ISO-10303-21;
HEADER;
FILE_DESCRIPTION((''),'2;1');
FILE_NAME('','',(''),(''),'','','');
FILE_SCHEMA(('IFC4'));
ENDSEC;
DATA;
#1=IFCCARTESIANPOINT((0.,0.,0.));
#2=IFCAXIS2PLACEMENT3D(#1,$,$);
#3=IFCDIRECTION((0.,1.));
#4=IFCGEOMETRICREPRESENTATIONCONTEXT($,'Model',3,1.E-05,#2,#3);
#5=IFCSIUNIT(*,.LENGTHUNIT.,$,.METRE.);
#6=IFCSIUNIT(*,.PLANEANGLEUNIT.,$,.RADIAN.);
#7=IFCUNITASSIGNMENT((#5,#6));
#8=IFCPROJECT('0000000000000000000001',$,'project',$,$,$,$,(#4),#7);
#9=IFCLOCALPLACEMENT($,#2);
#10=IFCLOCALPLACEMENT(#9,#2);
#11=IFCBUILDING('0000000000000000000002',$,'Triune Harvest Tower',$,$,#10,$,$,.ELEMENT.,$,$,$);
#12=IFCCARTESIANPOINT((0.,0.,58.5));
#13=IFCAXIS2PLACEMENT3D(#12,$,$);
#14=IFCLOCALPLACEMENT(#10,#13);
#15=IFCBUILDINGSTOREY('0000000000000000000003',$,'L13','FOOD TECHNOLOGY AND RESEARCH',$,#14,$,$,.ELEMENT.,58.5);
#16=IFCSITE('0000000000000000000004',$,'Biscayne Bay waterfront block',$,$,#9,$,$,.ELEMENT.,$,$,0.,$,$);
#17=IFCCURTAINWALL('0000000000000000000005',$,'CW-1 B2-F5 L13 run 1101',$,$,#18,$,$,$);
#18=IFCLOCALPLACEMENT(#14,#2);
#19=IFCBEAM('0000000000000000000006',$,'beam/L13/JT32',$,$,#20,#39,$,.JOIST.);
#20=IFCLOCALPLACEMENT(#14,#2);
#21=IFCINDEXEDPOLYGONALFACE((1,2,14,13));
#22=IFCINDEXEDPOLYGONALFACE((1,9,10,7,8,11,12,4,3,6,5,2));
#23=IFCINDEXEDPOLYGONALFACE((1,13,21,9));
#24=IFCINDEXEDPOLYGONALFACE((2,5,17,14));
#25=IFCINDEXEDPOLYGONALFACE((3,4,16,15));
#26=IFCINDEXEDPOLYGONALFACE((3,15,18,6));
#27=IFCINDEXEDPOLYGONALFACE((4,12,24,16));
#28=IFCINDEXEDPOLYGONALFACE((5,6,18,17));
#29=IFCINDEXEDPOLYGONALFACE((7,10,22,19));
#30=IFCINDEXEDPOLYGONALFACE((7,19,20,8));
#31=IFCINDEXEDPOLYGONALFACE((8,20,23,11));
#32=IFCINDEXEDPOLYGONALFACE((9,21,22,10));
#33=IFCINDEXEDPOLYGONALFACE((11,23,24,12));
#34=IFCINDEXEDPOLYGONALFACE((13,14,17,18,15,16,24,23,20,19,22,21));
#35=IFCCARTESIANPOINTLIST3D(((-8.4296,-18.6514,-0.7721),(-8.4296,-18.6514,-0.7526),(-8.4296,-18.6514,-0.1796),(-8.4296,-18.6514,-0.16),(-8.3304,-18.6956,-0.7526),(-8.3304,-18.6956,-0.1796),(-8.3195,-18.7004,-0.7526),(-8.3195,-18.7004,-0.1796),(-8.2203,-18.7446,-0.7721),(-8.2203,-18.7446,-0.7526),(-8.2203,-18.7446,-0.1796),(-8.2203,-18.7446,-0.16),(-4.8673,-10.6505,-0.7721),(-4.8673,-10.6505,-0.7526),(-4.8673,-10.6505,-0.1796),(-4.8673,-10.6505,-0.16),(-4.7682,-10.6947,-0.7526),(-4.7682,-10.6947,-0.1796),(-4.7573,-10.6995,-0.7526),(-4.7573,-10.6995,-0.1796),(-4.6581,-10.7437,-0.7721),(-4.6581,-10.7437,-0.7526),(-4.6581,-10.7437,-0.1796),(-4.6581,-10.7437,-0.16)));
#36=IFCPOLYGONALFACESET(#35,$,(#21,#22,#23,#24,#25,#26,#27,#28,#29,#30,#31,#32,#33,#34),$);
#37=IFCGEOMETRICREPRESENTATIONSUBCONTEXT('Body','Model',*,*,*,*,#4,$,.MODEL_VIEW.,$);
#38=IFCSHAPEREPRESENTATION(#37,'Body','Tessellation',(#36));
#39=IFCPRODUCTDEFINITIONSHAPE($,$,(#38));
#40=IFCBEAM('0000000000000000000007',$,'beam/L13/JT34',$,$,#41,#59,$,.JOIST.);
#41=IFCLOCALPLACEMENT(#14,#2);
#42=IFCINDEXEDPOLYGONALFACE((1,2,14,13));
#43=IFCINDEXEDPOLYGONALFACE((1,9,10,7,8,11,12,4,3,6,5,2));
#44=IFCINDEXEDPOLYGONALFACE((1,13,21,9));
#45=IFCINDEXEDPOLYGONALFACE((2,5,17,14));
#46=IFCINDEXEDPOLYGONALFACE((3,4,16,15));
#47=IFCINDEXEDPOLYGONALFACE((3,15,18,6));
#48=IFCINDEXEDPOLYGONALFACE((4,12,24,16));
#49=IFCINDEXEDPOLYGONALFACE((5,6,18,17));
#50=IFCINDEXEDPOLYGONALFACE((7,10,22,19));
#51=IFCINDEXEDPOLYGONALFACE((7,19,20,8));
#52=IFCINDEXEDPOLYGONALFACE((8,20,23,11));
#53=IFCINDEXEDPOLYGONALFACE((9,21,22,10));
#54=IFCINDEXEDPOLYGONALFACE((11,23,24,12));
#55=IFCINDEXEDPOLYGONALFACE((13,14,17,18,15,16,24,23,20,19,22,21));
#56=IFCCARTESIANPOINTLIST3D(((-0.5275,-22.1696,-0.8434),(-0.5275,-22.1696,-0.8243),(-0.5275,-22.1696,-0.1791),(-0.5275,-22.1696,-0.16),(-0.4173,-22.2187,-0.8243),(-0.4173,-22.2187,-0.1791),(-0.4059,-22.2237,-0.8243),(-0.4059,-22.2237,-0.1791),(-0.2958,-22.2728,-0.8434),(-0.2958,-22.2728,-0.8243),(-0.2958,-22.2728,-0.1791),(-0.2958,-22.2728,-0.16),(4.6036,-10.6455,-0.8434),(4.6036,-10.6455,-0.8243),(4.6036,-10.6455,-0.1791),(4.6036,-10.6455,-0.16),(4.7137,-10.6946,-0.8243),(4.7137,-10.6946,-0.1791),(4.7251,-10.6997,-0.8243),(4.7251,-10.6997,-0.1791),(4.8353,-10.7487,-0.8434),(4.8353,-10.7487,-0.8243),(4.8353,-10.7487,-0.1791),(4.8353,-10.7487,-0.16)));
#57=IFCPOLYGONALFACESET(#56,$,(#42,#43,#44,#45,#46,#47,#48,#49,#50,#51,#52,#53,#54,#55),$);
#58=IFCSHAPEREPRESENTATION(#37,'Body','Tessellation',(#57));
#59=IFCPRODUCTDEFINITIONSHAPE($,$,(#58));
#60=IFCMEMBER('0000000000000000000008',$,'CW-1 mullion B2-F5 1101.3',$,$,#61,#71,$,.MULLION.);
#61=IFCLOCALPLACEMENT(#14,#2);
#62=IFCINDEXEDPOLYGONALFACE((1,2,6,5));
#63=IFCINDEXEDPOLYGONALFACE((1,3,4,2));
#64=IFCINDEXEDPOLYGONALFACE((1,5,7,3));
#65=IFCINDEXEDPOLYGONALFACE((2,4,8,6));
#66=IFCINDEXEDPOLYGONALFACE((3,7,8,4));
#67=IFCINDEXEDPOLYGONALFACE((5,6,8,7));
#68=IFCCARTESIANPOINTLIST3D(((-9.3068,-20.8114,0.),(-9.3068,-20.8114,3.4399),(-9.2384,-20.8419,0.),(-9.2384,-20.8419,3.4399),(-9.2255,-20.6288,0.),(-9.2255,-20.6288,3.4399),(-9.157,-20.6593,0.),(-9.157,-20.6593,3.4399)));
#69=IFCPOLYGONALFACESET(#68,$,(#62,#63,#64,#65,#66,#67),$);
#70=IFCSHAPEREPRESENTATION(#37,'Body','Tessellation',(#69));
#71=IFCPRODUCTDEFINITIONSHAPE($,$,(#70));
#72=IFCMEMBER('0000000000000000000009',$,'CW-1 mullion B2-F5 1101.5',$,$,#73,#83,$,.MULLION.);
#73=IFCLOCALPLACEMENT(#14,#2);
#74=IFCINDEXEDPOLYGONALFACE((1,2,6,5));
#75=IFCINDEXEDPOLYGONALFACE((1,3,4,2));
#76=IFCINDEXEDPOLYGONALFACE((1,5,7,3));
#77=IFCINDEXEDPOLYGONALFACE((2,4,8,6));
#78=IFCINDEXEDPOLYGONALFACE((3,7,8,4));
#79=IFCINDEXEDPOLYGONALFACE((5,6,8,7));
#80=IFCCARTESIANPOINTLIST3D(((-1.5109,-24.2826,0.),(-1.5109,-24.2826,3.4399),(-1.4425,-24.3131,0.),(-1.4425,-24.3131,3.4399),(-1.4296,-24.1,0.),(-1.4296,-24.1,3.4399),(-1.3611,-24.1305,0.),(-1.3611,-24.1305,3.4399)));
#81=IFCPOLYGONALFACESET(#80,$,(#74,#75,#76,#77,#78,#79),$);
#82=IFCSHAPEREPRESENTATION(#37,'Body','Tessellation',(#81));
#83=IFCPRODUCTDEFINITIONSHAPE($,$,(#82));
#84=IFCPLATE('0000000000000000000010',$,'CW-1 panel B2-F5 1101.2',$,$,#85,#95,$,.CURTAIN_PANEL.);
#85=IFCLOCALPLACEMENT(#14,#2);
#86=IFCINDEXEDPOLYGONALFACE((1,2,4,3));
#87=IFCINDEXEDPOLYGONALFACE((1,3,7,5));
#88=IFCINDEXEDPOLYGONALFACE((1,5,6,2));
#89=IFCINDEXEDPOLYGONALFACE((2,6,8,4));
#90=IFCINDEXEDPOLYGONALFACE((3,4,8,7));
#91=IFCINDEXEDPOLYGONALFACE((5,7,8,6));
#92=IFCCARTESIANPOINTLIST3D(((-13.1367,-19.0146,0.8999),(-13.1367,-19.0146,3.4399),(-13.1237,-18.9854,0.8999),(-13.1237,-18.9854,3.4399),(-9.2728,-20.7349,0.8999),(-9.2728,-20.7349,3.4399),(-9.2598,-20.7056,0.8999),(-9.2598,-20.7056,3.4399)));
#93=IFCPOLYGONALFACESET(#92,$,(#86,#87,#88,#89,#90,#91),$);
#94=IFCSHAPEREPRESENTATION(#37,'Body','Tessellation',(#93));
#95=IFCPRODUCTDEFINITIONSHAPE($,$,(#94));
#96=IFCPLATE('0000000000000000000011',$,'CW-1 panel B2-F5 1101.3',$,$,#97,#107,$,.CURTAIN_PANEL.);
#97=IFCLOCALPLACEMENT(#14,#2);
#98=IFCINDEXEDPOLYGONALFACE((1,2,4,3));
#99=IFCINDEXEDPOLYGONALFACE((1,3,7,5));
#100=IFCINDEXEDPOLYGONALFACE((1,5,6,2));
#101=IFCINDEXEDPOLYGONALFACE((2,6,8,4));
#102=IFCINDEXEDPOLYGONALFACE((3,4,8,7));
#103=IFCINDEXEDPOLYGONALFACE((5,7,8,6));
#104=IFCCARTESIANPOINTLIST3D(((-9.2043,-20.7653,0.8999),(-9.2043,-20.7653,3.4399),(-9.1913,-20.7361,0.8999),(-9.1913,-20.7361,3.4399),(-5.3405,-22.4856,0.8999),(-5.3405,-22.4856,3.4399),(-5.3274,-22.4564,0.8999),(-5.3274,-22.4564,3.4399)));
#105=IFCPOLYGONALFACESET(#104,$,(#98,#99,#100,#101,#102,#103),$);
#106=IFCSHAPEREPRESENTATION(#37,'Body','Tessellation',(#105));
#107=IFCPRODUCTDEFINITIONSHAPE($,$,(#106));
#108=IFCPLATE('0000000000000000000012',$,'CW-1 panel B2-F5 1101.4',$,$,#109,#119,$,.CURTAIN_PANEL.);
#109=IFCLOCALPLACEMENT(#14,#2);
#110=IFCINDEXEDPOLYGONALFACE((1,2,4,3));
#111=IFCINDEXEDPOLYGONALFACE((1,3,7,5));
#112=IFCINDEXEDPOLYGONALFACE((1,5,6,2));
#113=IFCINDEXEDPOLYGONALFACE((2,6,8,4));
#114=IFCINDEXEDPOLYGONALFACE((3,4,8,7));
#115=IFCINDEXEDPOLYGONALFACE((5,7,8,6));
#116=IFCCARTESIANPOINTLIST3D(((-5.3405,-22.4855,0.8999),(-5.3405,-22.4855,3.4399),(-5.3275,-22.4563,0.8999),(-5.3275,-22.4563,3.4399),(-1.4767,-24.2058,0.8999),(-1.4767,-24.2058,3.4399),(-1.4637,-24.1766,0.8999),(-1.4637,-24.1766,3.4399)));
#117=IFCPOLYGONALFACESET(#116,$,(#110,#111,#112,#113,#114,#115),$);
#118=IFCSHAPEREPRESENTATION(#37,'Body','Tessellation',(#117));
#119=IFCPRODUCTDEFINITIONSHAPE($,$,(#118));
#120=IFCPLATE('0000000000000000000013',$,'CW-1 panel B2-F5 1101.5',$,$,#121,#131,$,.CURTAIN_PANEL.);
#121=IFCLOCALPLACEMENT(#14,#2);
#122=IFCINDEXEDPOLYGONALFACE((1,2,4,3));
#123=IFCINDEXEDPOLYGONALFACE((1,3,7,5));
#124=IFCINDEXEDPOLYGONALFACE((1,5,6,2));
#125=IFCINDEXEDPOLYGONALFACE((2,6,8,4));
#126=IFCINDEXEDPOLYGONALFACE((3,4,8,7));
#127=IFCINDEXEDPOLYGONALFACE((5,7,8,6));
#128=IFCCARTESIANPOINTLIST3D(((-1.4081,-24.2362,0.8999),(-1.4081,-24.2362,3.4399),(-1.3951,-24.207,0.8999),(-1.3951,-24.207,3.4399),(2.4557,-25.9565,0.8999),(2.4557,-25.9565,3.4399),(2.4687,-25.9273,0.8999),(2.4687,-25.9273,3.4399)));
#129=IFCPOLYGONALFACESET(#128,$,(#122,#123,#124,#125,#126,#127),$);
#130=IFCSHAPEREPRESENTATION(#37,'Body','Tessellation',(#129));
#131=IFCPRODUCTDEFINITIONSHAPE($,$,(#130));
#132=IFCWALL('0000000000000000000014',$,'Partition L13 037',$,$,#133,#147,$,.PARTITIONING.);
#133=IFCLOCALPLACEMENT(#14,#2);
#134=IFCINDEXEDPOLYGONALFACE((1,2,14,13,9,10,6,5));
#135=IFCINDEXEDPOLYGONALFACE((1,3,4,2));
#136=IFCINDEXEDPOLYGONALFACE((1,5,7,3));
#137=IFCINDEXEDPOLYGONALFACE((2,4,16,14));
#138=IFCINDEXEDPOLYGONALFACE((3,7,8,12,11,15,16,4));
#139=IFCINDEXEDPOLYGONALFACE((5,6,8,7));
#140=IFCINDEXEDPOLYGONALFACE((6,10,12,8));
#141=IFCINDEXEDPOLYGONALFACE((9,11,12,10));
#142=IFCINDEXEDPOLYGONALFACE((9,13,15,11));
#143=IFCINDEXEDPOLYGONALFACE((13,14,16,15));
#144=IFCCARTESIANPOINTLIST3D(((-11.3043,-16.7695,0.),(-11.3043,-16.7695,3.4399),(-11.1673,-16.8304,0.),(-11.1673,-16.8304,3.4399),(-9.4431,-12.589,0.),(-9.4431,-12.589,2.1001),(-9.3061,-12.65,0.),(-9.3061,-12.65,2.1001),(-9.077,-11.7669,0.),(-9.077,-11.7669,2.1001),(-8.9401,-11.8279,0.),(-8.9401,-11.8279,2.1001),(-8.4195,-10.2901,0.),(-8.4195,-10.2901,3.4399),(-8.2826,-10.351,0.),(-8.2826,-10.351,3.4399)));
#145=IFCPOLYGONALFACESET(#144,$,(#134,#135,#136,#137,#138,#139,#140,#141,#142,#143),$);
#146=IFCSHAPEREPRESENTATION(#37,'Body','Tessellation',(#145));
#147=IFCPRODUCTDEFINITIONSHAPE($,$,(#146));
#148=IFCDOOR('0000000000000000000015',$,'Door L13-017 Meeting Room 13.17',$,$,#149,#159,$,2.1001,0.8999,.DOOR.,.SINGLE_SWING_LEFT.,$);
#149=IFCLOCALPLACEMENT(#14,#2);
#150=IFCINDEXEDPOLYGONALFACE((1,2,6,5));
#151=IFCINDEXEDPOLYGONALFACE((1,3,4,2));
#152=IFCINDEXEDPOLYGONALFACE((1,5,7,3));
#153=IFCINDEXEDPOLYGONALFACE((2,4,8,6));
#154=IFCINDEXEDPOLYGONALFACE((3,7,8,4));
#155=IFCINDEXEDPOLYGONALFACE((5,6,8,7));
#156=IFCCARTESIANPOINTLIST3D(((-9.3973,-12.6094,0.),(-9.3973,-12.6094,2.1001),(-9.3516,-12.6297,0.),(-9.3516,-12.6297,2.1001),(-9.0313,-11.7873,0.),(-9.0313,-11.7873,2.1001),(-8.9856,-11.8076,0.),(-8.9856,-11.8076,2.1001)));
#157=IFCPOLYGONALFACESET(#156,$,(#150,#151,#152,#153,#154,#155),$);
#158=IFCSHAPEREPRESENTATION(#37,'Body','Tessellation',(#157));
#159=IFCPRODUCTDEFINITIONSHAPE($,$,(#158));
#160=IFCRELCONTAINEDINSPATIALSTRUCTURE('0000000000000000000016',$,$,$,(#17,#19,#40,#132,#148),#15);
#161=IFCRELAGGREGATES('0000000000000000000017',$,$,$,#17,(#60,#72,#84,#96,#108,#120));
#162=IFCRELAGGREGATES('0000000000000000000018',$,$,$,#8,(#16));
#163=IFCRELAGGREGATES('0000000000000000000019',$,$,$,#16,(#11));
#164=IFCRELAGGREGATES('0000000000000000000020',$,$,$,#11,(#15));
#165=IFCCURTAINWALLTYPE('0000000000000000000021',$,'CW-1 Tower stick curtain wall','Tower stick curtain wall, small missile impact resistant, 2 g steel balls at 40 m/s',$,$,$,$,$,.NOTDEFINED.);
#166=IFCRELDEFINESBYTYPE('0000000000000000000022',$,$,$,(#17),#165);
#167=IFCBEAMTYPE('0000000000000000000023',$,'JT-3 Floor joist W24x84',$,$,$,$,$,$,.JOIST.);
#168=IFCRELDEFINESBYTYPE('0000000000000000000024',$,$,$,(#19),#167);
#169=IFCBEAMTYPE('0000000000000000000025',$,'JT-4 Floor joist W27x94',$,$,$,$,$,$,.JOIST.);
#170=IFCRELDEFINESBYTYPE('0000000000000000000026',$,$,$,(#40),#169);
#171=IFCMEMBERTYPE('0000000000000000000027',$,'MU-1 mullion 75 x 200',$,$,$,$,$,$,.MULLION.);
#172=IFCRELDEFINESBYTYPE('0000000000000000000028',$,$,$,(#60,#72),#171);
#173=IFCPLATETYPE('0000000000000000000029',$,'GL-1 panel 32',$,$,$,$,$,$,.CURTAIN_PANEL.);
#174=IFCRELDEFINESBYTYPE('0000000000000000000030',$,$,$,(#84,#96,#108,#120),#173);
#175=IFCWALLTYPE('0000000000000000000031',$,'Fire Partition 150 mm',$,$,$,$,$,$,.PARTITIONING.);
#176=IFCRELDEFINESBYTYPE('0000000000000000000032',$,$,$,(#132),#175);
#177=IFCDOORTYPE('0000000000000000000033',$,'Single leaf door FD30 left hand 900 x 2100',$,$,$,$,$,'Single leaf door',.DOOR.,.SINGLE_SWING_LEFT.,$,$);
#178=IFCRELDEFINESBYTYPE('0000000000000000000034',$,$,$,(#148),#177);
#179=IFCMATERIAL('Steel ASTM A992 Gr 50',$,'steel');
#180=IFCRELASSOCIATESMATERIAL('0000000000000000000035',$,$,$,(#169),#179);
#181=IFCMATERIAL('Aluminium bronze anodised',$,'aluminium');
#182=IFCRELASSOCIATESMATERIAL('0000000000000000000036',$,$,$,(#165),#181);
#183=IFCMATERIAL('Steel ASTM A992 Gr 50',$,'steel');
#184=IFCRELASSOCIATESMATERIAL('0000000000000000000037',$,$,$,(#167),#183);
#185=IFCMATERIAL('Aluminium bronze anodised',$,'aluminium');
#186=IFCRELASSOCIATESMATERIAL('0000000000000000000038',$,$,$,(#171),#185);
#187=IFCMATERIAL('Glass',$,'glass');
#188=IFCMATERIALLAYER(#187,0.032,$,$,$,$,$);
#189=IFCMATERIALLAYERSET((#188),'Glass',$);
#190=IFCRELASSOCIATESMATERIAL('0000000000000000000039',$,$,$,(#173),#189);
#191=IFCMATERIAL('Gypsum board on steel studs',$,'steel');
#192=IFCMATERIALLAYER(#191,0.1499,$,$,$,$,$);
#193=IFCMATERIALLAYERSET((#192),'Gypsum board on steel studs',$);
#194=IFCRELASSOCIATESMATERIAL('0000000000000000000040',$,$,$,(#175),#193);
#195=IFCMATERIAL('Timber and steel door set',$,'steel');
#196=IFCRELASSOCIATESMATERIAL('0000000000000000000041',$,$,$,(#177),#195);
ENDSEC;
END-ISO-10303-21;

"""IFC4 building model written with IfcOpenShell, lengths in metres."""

from ifc_helpers import new_model, si_unit, direction, frame, frame_2d, origin, origin_2d, place, context, subcontext, project, spatial, rectangle, i_section, extrude, source, transform, mapped, material, layer, layer_set, material_profile, profile_set, type_object, element, fill, aggregate, save


model = new_model("IFC4")

# Units and contexts
model_context = context("Model", 3, precision=1e-05, world=origin(), true_north=direction((0.0, 1.0)))
body_context = subcontext(model_context, "Body", "Model", "MODEL_VIEW")
ifc_project = project(units=[si_unit("LENGTHUNIT", "METRE"), si_unit("PLANEANGLEUNIT", "RADIAN")], contexts=[model_context])

# Site, building, storey
site_placement = place(None, origin())
site = spatial("IfcSite", under=ifc_project, at=site_placement, Name="Biscayne Bay waterfront block", CompositionType="ELEMENT", RefElevation=0.0)
building_placement = place(site_placement, origin())
building = spatial("IfcBuilding", under=site, at=building_placement, Name="Triune Harvest Tower", CompositionType="ELEMENT")
storey_placement = place(building_placement, frame((0.0, 0.0, 58.5)))
storey = spatial("IfcBuildingStorey", under=building, at=storey_placement, Name="L13", Description="FOOD TECHNOLOGY AND RESEARCH", CompositionType="ELEMENT", Elevation=58.5)

# Shared definitions
ifc_material_1 = material(Name="Steel ASTM A992 Gr 50", Category="steel")
ifc_material_profile_1 = material_profile(ifc_material_1, i_section(OverallWidth=0.2537, OverallDepth=0.6833, WebThickness=0.0125, FlangeThickness=0.019, at=origin_2d()), Name="W27x94")
ifc_profile_set_1 = profile_set([ifc_material_profile_1], Name="Steel ASTM A992 Gr 50")
beam_type_1 = type_object("IfcBeamType", Name="JT-4 Floor joist W27x94", PredefinedType="JOIST", material=ifc_profile_set_1)

# Curtain wall
ifc_material_2 = material(Name="Aluminium bronze anodised", Category="aluminium")
curtain_wall_type = type_object("IfcCurtainWallType", Name="CW-1 Tower stick curtain wall", Description="Tower stick curtain wall, small missile impact resistant, 2 g steel balls at 40 m/s", PredefinedType="NOTDEFINED", material=ifc_material_2)
curtain_wall_placement = place(storey_placement, origin())
curtain_wall = element("IfcCurtainWall", 1, at=curtain_wall_placement, inside=storey, type_object=curtain_wall_type, Name="CW-1 B2-F5 L13 run 1101")

# Beams
ifc_material_3 = material(Name="Steel ASTM A992 Gr 50", Category="steel")
ifc_material_profile_2 = material_profile(ifc_material_3, i_section(OverallWidth=0.229, OverallDepth=0.6121, WebThickness=0.012, FlangeThickness=0.0195, at=origin_2d()), Name="W24x84")
ifc_profile_set_2 = profile_set([ifc_material_profile_2], Name="Steel ASTM A992 Gr 50")
beam_type_2 = type_object("IfcBeamType", Name="JT-3 Floor joist W24x84", PredefinedType="JOIST", material=ifc_profile_set_2)
shared_shape_1 = source(origin(), body_context, "Body", "SweptSolid", [
    extrude(i_section(OverallWidth=0.229, OverallDepth=0.6121, WebThickness=0.012, FlangeThickness=0.0195, at=origin_2d()), origin(), (0.0, 0.0, 1.0), 8.7581),
])
beam_1_placement = place(storey_placement, frame((-8.325, -18.698, -0.4661), z_axis=(0.406736, 0.913546, 0.0), x_axis=(-0.913546, 0.406736, 0.0)))
element("IfcBeam", 2, at=beam_1_placement, inside=storey, type_object=beam_type_2, Name="beam/L13/JT32", PredefinedType="JOIST", context=body_context, shape_type="MappedRepresentation", body=[
    mapped(shared_shape_1, transform((0.0, 0.0, 0.0), scale=1.0)),
])
shared_shape_2 = source(origin(), body_context, "Body", "SweptSolid", [
    extrude(i_section(OverallWidth=0.2537, OverallDepth=0.6833, WebThickness=0.0125, FlangeThickness=0.019, at=origin_2d()), origin(), (0.0, 0.0, 1.0), 12.6147),
])
beam_2_placement = place(storey_placement, frame((-0.4116, -22.2212, -0.5017), z_axis=(0.406751, 0.913539, 0.0), x_axis=(-0.913539, 0.406751, 0.0)))
element("IfcBeam", 3, at=beam_2_placement, inside=storey, type_object=beam_type_1, Name="beam/L13/JT34", PredefinedType="JOIST", context=body_context, shape_type="MappedRepresentation", body=[
    mapped(shared_shape_2, transform((0.0, 0.0, 0.0), scale=1.0)),
])

# Members
ifc_material_4 = material(Name="Aluminium bronze anodised", Category="aluminium")
ifc_material_profile_3 = material_profile(ifc_material_4, rectangle(XDim=0.2, YDim=0.075, at=origin_2d()), Name="MU-1 mullion 75 x 200")
ifc_profile_set_3 = profile_set([ifc_material_profile_3], Name="Aluminium bronze anodised")
member_type_1 = type_object("IfcMemberType", Name="MU-1 mullion 75 x 200", PredefinedType="MULLION", material=ifc_profile_set_3)
shared_shape_3 = source(origin(), body_context, "Body", "SweptSolid", [
    extrude(rectangle(XDim=0.2, YDim=0.075, at=origin_2d()), origin(), (0.0, 0.0, 1.0), 3.4399),
])
member_1_placement = place(storey_placement, frame((-9.2319, -20.7354, 0.0), z_axis=(0.0, 0.0, 1.0), x_axis=(0.406738, 0.913545, 0.0)))
member_1 = element("IfcMember", 4, at=member_1_placement, type_object=member_type_1, Name="CW-1 mullion B2-F5 1101.3", PredefinedType="MULLION", context=body_context, shape_type="MappedRepresentation", body=[
    mapped(shared_shape_3, transform((0.0, 0.0, 0.0), scale=1.0)),
])
member_2_placement = place(storey_placement, frame((-1.436, -24.2065, 0.0), z_axis=(0.0, 0.0, 1.0), x_axis=(0.406738, 0.913545, 0.0)))
member_2 = element("IfcMember", 5, at=member_2_placement, type_object=member_type_1, Name="CW-1 mullion B2-F5 1101.5", PredefinedType="MULLION", context=body_context, shape_type="MappedRepresentation", body=[
    mapped(shared_shape_3, transform((0.0, 0.0, 0.0), scale=1.0)),
])

# Plates
ifc_material_5 = material(Name="Glass", Category="glass")
ifc_layer_1 = layer(ifc_material_5, 0.032)
ifc_layer_set_1 = layer_set([ifc_layer_1], Name="Glass")
plate_type = type_object("IfcPlateType", Name="GL-1 panel 32", PredefinedType="CURTAIN_PANEL", material=ifc_layer_set_1)
shared_shape_4 = source(origin(), body_context, "Body", "SweptSolid", [
    extrude(rectangle(XDim=4.2295, YDim=0.032, at=origin_2d()), origin(), (0.0, 0.0, 1.0), 2.54),
])
plate_1_placement = place(storey_placement, frame((-11.1982, -19.8601, 0.8999), z_axis=(0.0, 0.0, 1.0), x_axis=(0.913545, -0.406738, 0.0)))
plate_1 = element("IfcPlate", 6, at=plate_1_placement, type_object=plate_type, Name="CW-1 panel B2-F5 1101.2", PredefinedType="CURTAIN_PANEL", context=body_context, shape_type="MappedRepresentation", body=[
    mapped(shared_shape_4, transform((0.0, 0.0, 0.0), scale=1.0)),
])
plate_2_placement = place(storey_placement, frame((-7.2659, -21.6108, 0.8999), z_axis=(0.0, 0.0, 1.0), x_axis=(0.913545, -0.406738, 0.0)))
plate_2 = element("IfcPlate", 7, at=plate_2_placement, type_object=plate_type, Name="CW-1 panel B2-F5 1101.3", PredefinedType="CURTAIN_PANEL", context=body_context, shape_type="MappedRepresentation", body=[
    mapped(shared_shape_4, transform((0.0, 0.0, 0.0), scale=1.0)),
])
plate_3_placement = place(storey_placement, frame((-3.4021, -23.3311, 0.8999), z_axis=(0.0, 0.0, 1.0), x_axis=(0.913545, -0.406738, 0.0)))
plate_3 = element("IfcPlate", 8, at=plate_3_placement, type_object=plate_type, Name="CW-1 panel B2-F5 1101.4", PredefinedType="CURTAIN_PANEL", context=body_context, shape_type="MappedRepresentation", body=[
    mapped(shared_shape_4, transform((0.0, 0.0, 0.0), scale=1.0)),
])
plate_4_placement = place(storey_placement, frame((0.5303, -25.0818, 0.8999), z_axis=(0.0, 0.0, 1.0), x_axis=(0.913545, -0.406738, 0.0)))
plate_4 = element("IfcPlate", 9, at=plate_4_placement, type_object=plate_type, Name="CW-1 panel B2-F5 1101.5", PredefinedType="CURTAIN_PANEL", context=body_context, shape_type="MappedRepresentation", body=[
    mapped(shared_shape_4, transform((0.0, 0.0, 0.0), scale=1.0)),
])
aggregate(curtain_wall, [member_1, member_2, plate_1, plate_2, plate_3, plate_4])

# Wall, opening, door
ifc_material_6 = material(Name="Gypsum board on steel studs", Category="steel")
ifc_layer_2 = layer(ifc_material_6, 0.1499)
ifc_layer_set_2 = layer_set([ifc_layer_2], Name="Gypsum board on steel studs")
wall_type_1 = type_object("IfcWallType", Name="Fire Partition 150 mm", PredefinedType="PARTITIONING", material=ifc_layer_set_2)
wall_1_placement = place(storey_placement, frame((-11.2358, -16.8, 0.0), z_axis=(0.0, 0.0, 1.0), x_axis=(0.406726, 0.91355, 0.0)))
wall_1 = element("IfcWall", 10, at=wall_1_placement, inside=storey, type_object=wall_type_1, Name="Partition L13 037", PredefinedType="PARTITIONING", context=body_context, shape_type="SweptSolid", body=[
    extrude(rectangle(XDim=7.0925, YDim=0.1499, at=frame_2d((3.5464, 0.0))), origin(), (0.0, 0.0, 1.0), 3.4399),
])
opening_1_placement = place(wall_1_placement, frame((4.5762, 0.0, 0.0)))
opening_1 = element("IfcOpeningElement", 11, at=opening_1_placement, cuts=wall_1, PredefinedType="OPENING", context=body_context, shape_type="SweptSolid", body=[
    extrude(rectangle(XDim=0.8999, YDim=2.1001, at=frame_2d((0.45, 1.05))), frame((0.0, 0.085, 0.0), z_axis=(0.0, -1.0, 0.0), x_axis=(1.0, 0.0, 0.0)), (0.0, 0.0, 1.0), 0.1699),
])
ifc_material_7 = material(Name="Timber and steel door set", Category="steel")
door_type_1 = type_object("IfcDoorType", Name="Single leaf door FD30 left hand 900 x 2100", ElementType="Single leaf door", OperationType="SINGLE_SWING_LEFT", PredefinedType="DOOR", material=ifc_material_7)
door_1_placement = place(opening_1_placement, origin())
door_1 = element("IfcDoor", 12, at=door_1_placement, inside=storey, type_object=door_type_1, Name="Door L13-017 Meeting Room 13.17", OperationType="SINGLE_SWING_LEFT", OverallHeight=2.1001, OverallWidth=0.8999, PredefinedType="DOOR", context=body_context, shape_type="SweptSolid", body=[
    extrude(rectangle(XDim=0.8999, YDim=2.1001, at=frame_2d((0.45, 1.05))), frame((0.0, 0.0249, 0.0), z_axis=(0.0, -1.0, 0.0), x_axis=(1.0, 0.0, 0.0)), (0.0, 0.0, 1.0), 0.05),
])
fill(opening_1, door_1)

save(model, "model.ifc")
